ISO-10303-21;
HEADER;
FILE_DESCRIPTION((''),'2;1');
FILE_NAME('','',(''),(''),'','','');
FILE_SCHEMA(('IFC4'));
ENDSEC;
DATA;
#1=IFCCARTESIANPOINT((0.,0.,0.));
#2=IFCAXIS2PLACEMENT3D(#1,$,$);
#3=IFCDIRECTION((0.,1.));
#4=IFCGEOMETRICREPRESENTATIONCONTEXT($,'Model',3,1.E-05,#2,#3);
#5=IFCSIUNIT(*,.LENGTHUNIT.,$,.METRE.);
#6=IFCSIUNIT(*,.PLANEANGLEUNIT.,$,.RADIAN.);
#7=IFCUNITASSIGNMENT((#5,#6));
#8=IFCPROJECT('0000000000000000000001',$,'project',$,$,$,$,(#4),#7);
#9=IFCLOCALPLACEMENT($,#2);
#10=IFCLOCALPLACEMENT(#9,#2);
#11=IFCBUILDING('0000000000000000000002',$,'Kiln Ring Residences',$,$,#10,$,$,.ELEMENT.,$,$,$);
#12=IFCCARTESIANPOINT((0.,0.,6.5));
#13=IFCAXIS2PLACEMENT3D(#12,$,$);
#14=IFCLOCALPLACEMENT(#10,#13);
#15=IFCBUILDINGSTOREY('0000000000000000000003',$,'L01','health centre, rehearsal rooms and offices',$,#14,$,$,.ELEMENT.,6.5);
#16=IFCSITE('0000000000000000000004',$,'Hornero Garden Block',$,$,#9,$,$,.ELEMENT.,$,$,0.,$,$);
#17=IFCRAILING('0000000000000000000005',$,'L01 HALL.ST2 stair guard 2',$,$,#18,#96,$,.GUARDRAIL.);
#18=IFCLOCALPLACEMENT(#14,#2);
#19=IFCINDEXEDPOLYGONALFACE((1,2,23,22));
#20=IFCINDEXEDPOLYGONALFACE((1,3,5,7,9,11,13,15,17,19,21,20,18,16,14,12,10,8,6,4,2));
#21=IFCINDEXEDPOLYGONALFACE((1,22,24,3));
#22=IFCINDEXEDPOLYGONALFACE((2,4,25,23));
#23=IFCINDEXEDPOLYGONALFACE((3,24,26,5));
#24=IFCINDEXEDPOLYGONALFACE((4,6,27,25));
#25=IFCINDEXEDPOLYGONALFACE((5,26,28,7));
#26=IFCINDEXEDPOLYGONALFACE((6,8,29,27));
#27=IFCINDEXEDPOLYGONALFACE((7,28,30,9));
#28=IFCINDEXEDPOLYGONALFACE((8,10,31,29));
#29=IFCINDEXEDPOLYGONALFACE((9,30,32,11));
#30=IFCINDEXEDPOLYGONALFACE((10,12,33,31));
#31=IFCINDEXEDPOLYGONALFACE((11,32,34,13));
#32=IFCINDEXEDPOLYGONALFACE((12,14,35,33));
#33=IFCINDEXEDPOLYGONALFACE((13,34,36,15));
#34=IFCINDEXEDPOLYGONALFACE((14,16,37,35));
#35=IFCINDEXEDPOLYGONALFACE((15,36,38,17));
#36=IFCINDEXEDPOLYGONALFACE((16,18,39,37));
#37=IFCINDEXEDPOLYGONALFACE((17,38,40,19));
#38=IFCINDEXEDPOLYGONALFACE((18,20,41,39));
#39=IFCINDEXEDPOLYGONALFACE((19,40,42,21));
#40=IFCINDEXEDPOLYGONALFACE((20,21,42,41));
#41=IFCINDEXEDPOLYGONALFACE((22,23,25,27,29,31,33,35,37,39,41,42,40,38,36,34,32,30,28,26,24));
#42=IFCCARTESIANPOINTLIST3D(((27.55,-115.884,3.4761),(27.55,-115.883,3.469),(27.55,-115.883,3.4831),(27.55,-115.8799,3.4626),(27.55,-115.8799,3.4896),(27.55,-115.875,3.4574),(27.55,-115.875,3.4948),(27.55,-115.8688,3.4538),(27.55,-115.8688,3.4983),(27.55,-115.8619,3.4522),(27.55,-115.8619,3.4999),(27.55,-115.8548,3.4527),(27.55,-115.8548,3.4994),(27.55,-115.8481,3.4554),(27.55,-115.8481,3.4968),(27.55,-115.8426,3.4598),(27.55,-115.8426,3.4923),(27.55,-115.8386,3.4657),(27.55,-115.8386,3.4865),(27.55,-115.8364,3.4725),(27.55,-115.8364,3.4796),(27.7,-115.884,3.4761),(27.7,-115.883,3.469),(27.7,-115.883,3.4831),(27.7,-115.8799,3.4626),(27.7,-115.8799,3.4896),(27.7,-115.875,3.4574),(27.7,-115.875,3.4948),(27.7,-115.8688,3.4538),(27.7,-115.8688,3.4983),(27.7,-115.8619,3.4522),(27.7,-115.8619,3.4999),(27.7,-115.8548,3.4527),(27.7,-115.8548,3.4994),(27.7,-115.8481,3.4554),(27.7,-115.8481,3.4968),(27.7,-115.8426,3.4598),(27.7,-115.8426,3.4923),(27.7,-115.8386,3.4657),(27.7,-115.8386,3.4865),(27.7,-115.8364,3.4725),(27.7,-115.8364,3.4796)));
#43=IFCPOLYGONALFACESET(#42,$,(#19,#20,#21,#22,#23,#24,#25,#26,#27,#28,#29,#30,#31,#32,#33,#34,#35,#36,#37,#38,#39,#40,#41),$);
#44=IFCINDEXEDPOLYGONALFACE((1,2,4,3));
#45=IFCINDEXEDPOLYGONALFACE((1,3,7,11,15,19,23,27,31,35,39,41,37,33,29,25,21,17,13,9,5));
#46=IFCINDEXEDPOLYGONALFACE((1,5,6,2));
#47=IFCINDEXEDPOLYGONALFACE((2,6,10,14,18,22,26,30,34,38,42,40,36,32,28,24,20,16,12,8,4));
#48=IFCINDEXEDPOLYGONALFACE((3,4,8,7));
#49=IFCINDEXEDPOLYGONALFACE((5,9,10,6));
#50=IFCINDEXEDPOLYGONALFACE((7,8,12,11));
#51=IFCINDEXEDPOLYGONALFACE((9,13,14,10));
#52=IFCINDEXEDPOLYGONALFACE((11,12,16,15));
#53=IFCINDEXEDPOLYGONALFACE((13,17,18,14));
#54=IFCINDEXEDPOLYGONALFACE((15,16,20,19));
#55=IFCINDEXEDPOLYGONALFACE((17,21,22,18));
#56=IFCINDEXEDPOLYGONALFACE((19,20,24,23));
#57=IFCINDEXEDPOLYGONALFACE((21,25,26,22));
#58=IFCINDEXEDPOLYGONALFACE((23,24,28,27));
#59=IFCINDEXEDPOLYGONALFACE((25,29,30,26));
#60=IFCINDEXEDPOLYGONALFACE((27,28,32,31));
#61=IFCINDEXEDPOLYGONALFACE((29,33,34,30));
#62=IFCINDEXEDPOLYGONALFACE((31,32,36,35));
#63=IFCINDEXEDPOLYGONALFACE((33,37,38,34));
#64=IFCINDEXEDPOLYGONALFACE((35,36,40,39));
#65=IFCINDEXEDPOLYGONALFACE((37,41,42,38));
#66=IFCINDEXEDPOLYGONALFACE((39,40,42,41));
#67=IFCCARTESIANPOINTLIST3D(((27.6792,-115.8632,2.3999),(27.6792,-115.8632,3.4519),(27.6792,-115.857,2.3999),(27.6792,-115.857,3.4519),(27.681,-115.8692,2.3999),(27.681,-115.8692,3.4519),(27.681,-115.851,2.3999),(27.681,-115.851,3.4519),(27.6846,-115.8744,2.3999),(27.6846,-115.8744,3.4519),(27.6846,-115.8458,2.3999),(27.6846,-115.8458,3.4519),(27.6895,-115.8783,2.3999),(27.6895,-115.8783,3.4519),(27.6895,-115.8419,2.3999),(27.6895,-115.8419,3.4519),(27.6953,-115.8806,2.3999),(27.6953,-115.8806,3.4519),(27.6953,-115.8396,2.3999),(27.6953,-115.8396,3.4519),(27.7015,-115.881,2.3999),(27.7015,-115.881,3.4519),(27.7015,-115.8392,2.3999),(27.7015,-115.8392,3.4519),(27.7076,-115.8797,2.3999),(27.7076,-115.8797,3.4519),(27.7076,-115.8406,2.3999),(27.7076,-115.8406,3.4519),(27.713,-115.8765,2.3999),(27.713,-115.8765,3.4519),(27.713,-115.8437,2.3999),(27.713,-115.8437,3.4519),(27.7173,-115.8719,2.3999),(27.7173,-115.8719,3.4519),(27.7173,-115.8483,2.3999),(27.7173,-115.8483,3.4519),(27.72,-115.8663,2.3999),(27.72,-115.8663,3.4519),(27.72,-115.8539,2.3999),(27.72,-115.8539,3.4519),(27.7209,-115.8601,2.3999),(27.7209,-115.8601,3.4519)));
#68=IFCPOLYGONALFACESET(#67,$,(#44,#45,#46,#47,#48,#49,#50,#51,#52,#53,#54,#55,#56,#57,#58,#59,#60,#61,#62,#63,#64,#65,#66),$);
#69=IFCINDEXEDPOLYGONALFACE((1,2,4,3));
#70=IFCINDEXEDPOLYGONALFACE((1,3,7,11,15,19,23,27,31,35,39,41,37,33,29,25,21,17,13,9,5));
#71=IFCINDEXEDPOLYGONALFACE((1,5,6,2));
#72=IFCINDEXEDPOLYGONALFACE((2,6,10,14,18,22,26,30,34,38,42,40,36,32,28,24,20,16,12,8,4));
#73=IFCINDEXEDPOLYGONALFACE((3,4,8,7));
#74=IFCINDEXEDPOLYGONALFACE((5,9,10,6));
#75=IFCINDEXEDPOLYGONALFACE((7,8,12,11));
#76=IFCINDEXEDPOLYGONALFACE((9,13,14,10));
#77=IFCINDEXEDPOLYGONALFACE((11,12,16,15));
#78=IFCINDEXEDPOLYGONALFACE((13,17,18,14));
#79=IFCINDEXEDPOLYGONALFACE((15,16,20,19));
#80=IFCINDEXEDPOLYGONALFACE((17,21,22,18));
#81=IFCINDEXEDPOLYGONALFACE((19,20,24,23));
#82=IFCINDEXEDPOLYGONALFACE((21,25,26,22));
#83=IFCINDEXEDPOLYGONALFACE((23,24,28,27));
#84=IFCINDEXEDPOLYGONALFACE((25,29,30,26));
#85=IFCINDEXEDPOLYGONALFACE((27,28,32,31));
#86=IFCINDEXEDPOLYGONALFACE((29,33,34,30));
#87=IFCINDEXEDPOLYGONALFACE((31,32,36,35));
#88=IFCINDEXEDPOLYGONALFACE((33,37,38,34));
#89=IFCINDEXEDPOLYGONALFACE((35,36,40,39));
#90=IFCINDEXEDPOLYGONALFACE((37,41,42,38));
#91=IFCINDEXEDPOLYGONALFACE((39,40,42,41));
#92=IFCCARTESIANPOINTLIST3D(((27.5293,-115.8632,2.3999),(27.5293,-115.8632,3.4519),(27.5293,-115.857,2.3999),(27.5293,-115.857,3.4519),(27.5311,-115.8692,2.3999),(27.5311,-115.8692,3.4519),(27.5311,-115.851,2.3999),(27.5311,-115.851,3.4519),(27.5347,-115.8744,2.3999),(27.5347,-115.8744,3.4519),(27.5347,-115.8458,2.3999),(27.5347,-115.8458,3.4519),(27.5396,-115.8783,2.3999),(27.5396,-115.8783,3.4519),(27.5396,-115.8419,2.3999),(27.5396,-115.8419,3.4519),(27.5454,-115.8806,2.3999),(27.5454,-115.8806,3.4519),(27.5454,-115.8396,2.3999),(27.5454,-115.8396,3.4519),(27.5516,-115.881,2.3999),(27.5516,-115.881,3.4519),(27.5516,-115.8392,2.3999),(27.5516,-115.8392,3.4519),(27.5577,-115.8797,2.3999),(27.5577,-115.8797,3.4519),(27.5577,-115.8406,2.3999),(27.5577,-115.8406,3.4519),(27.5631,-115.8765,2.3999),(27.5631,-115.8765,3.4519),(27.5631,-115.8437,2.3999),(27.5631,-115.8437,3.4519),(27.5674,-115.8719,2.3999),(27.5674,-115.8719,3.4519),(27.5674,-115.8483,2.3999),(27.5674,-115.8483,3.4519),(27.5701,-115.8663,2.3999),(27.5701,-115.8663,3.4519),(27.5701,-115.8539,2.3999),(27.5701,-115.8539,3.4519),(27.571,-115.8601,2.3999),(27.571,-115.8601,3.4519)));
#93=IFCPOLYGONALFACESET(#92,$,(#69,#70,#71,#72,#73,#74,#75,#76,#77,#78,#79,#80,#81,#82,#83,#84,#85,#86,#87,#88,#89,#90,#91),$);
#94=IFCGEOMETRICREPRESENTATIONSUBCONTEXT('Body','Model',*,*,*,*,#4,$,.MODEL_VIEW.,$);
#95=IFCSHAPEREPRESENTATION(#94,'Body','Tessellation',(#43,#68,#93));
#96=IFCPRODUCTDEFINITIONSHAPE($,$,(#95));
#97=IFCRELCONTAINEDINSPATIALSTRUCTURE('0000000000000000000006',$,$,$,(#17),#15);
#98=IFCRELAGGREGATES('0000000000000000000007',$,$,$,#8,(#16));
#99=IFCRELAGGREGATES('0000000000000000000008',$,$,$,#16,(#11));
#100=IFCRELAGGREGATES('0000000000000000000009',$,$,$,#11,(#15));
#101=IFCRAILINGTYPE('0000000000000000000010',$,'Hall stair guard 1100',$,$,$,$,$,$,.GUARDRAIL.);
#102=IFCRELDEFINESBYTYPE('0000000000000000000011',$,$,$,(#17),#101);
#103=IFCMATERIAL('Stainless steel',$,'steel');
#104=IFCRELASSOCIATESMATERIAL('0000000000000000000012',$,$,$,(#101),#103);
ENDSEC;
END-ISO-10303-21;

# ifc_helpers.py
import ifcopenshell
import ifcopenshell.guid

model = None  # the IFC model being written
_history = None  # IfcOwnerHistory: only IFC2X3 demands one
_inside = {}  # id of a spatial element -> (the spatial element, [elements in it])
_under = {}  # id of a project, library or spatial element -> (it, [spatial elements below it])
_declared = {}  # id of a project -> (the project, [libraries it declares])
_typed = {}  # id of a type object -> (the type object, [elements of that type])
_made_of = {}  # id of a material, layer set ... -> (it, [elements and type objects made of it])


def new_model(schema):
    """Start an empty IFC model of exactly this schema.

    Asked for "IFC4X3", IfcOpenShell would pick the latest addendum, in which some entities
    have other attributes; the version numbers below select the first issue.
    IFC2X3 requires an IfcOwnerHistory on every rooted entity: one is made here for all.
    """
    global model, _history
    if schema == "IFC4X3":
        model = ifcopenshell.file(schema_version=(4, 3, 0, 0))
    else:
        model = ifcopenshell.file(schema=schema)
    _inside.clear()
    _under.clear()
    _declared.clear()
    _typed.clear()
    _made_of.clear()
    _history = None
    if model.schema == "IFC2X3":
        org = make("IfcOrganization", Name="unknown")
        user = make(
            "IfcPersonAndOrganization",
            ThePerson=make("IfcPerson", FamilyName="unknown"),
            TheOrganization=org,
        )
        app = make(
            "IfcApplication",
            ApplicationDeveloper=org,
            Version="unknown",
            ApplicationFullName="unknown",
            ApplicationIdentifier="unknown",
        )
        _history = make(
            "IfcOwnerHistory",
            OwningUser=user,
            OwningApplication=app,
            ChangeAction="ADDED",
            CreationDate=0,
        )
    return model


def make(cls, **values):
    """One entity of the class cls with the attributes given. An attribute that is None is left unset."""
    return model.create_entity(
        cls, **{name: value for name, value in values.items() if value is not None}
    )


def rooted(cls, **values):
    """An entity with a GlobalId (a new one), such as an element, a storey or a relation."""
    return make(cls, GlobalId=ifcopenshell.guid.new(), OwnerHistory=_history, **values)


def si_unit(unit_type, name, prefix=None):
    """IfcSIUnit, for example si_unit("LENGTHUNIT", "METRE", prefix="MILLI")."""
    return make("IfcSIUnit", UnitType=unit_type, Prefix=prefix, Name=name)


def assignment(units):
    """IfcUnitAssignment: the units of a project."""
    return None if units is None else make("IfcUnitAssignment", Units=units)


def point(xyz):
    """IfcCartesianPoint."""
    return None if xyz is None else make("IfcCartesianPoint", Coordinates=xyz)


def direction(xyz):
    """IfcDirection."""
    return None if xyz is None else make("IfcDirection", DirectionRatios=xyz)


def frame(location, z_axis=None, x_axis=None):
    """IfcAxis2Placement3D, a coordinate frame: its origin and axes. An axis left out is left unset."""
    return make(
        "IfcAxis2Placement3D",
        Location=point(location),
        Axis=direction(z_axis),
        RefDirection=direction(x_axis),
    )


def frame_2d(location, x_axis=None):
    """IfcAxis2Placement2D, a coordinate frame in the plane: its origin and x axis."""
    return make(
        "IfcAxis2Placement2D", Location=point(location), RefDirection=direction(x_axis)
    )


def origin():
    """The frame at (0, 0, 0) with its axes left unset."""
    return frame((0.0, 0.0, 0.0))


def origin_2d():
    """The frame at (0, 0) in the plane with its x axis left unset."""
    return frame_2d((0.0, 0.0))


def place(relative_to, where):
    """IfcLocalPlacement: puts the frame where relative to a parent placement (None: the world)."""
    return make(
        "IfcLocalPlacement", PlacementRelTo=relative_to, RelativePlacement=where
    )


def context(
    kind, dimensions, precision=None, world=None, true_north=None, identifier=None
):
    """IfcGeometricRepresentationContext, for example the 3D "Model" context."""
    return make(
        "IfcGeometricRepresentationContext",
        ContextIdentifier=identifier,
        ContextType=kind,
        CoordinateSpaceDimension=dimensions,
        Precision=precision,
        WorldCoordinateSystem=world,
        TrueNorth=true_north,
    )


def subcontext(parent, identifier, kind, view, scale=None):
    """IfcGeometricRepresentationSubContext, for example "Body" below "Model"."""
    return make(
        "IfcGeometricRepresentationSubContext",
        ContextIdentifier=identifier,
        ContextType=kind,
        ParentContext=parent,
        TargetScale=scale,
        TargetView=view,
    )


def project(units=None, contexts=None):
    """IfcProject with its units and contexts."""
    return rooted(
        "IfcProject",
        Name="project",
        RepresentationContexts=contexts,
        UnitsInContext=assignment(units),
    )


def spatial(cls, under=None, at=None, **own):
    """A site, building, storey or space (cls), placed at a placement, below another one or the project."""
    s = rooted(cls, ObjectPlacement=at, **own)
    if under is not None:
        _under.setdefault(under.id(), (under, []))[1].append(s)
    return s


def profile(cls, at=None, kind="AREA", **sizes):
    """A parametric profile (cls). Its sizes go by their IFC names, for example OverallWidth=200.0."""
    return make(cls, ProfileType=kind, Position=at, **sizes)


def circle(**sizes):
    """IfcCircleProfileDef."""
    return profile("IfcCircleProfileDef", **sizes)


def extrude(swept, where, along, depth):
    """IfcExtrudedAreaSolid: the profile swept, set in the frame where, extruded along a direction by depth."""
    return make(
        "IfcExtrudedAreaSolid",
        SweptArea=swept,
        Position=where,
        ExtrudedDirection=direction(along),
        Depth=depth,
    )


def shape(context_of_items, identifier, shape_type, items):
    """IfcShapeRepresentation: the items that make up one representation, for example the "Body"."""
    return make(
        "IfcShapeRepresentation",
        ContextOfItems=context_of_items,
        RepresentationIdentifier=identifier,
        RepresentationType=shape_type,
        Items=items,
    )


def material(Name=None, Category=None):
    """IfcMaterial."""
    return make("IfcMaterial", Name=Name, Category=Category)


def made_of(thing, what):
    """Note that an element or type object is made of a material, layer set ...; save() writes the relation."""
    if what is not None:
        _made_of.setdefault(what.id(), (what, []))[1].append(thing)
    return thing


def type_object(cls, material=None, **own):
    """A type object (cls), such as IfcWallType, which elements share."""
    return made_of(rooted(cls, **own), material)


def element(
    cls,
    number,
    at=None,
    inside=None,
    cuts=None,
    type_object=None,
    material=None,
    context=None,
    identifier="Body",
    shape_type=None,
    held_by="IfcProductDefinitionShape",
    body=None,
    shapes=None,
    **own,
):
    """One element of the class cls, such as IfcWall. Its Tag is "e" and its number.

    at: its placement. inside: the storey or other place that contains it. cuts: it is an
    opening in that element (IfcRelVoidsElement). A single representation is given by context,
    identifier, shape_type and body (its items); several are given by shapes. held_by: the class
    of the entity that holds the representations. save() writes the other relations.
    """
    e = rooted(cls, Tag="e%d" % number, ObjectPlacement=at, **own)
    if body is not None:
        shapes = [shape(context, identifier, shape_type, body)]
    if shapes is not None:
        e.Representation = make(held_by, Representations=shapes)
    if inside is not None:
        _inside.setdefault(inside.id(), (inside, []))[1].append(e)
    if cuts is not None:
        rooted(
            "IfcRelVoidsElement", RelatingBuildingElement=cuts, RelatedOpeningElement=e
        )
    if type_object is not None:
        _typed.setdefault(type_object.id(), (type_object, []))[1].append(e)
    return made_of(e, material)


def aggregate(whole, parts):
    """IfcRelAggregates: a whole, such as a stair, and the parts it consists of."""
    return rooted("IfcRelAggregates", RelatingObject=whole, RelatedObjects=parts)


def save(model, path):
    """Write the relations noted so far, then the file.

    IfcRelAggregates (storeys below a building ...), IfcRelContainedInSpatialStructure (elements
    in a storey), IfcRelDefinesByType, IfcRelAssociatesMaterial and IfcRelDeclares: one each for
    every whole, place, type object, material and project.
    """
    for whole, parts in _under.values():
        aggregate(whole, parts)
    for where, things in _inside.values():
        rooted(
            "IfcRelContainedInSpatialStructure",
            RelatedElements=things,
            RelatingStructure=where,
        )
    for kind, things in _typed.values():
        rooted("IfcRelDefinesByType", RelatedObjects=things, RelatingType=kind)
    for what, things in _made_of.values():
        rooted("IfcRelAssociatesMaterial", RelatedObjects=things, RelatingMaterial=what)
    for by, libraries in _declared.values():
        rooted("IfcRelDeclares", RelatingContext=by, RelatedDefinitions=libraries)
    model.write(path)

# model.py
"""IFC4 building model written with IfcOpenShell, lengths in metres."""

from ifc_helpers import new_model, si_unit, direction, frame, origin, origin_2d, place, context, subcontext, project, spatial, circle, extrude, material, type_object, element, save


model = new_model("IFC4")

# Units and contexts
model_context = context("Model", 3, precision=1e-05, world=origin(), true_north=direction((0.0, 1.0)))
body_context = subcontext(model_context, "Body", "Model", "MODEL_VIEW")
ifc_project = project(units=[si_unit("LENGTHUNIT", "METRE"), si_unit("PLANEANGLEUNIT", "RADIAN")], contexts=[model_context])

# Site, building, storey
site_placement = place(None, origin())
site = spatial("IfcSite", under=ifc_project, at=site_placement, Name="Hornero Garden Block", CompositionType="ELEMENT", RefElevation=0.0)
building_placement = place(site_placement, origin())
building = spatial("IfcBuilding", under=site, at=building_placement, Name="Kiln Ring Residences", CompositionType="ELEMENT")
storey_placement = place(building_placement, frame((0.0, 0.0, 6.5)))
storey = spatial("IfcBuildingStorey", under=building, at=storey_placement, Name="L01", Description="health centre, rehearsal rooms and offices", CompositionType="ELEMENT", Elevation=6.5)

# Railing
ifc_material_1 = material(Name="Stainless steel", Category="steel")
railing_type_1 = type_object("IfcRailingType", Name="Hall stair guard 1100", PredefinedType="GUARDRAIL", material=ifc_material_1)
railing_1_placement = place(storey_placement, frame((27.7, -115.8601, 2.3999)))
element("IfcRailing", 1, at=railing_1_placement, inside=storey, type_object=railing_type_1, Name="L01 HALL.ST2 stair guard 2", PredefinedType="GUARDRAIL", context=body_context, shape_type="SweptSolid", body=[
    extrude(circle(Radius=0.0239, at=origin_2d()), frame((0.0, 0.0, 1.0762), z_axis=(-1.0, 0.0, 0.0), x_axis=(0.0, -1.0, 0.0)), (0.0, 0.0, 1.0), 0.1499),
    extrude(circle(Radius=0.021, at=origin_2d()), origin(), (0.0, 0.0, 1.0), 1.052),
    extrude(circle(Radius=0.021, at=origin_2d()), frame((-0.1499, 0.0, 0.0)), (0.0, 0.0, 1.0), 1.052),
])

save(model, "model.ifc")
